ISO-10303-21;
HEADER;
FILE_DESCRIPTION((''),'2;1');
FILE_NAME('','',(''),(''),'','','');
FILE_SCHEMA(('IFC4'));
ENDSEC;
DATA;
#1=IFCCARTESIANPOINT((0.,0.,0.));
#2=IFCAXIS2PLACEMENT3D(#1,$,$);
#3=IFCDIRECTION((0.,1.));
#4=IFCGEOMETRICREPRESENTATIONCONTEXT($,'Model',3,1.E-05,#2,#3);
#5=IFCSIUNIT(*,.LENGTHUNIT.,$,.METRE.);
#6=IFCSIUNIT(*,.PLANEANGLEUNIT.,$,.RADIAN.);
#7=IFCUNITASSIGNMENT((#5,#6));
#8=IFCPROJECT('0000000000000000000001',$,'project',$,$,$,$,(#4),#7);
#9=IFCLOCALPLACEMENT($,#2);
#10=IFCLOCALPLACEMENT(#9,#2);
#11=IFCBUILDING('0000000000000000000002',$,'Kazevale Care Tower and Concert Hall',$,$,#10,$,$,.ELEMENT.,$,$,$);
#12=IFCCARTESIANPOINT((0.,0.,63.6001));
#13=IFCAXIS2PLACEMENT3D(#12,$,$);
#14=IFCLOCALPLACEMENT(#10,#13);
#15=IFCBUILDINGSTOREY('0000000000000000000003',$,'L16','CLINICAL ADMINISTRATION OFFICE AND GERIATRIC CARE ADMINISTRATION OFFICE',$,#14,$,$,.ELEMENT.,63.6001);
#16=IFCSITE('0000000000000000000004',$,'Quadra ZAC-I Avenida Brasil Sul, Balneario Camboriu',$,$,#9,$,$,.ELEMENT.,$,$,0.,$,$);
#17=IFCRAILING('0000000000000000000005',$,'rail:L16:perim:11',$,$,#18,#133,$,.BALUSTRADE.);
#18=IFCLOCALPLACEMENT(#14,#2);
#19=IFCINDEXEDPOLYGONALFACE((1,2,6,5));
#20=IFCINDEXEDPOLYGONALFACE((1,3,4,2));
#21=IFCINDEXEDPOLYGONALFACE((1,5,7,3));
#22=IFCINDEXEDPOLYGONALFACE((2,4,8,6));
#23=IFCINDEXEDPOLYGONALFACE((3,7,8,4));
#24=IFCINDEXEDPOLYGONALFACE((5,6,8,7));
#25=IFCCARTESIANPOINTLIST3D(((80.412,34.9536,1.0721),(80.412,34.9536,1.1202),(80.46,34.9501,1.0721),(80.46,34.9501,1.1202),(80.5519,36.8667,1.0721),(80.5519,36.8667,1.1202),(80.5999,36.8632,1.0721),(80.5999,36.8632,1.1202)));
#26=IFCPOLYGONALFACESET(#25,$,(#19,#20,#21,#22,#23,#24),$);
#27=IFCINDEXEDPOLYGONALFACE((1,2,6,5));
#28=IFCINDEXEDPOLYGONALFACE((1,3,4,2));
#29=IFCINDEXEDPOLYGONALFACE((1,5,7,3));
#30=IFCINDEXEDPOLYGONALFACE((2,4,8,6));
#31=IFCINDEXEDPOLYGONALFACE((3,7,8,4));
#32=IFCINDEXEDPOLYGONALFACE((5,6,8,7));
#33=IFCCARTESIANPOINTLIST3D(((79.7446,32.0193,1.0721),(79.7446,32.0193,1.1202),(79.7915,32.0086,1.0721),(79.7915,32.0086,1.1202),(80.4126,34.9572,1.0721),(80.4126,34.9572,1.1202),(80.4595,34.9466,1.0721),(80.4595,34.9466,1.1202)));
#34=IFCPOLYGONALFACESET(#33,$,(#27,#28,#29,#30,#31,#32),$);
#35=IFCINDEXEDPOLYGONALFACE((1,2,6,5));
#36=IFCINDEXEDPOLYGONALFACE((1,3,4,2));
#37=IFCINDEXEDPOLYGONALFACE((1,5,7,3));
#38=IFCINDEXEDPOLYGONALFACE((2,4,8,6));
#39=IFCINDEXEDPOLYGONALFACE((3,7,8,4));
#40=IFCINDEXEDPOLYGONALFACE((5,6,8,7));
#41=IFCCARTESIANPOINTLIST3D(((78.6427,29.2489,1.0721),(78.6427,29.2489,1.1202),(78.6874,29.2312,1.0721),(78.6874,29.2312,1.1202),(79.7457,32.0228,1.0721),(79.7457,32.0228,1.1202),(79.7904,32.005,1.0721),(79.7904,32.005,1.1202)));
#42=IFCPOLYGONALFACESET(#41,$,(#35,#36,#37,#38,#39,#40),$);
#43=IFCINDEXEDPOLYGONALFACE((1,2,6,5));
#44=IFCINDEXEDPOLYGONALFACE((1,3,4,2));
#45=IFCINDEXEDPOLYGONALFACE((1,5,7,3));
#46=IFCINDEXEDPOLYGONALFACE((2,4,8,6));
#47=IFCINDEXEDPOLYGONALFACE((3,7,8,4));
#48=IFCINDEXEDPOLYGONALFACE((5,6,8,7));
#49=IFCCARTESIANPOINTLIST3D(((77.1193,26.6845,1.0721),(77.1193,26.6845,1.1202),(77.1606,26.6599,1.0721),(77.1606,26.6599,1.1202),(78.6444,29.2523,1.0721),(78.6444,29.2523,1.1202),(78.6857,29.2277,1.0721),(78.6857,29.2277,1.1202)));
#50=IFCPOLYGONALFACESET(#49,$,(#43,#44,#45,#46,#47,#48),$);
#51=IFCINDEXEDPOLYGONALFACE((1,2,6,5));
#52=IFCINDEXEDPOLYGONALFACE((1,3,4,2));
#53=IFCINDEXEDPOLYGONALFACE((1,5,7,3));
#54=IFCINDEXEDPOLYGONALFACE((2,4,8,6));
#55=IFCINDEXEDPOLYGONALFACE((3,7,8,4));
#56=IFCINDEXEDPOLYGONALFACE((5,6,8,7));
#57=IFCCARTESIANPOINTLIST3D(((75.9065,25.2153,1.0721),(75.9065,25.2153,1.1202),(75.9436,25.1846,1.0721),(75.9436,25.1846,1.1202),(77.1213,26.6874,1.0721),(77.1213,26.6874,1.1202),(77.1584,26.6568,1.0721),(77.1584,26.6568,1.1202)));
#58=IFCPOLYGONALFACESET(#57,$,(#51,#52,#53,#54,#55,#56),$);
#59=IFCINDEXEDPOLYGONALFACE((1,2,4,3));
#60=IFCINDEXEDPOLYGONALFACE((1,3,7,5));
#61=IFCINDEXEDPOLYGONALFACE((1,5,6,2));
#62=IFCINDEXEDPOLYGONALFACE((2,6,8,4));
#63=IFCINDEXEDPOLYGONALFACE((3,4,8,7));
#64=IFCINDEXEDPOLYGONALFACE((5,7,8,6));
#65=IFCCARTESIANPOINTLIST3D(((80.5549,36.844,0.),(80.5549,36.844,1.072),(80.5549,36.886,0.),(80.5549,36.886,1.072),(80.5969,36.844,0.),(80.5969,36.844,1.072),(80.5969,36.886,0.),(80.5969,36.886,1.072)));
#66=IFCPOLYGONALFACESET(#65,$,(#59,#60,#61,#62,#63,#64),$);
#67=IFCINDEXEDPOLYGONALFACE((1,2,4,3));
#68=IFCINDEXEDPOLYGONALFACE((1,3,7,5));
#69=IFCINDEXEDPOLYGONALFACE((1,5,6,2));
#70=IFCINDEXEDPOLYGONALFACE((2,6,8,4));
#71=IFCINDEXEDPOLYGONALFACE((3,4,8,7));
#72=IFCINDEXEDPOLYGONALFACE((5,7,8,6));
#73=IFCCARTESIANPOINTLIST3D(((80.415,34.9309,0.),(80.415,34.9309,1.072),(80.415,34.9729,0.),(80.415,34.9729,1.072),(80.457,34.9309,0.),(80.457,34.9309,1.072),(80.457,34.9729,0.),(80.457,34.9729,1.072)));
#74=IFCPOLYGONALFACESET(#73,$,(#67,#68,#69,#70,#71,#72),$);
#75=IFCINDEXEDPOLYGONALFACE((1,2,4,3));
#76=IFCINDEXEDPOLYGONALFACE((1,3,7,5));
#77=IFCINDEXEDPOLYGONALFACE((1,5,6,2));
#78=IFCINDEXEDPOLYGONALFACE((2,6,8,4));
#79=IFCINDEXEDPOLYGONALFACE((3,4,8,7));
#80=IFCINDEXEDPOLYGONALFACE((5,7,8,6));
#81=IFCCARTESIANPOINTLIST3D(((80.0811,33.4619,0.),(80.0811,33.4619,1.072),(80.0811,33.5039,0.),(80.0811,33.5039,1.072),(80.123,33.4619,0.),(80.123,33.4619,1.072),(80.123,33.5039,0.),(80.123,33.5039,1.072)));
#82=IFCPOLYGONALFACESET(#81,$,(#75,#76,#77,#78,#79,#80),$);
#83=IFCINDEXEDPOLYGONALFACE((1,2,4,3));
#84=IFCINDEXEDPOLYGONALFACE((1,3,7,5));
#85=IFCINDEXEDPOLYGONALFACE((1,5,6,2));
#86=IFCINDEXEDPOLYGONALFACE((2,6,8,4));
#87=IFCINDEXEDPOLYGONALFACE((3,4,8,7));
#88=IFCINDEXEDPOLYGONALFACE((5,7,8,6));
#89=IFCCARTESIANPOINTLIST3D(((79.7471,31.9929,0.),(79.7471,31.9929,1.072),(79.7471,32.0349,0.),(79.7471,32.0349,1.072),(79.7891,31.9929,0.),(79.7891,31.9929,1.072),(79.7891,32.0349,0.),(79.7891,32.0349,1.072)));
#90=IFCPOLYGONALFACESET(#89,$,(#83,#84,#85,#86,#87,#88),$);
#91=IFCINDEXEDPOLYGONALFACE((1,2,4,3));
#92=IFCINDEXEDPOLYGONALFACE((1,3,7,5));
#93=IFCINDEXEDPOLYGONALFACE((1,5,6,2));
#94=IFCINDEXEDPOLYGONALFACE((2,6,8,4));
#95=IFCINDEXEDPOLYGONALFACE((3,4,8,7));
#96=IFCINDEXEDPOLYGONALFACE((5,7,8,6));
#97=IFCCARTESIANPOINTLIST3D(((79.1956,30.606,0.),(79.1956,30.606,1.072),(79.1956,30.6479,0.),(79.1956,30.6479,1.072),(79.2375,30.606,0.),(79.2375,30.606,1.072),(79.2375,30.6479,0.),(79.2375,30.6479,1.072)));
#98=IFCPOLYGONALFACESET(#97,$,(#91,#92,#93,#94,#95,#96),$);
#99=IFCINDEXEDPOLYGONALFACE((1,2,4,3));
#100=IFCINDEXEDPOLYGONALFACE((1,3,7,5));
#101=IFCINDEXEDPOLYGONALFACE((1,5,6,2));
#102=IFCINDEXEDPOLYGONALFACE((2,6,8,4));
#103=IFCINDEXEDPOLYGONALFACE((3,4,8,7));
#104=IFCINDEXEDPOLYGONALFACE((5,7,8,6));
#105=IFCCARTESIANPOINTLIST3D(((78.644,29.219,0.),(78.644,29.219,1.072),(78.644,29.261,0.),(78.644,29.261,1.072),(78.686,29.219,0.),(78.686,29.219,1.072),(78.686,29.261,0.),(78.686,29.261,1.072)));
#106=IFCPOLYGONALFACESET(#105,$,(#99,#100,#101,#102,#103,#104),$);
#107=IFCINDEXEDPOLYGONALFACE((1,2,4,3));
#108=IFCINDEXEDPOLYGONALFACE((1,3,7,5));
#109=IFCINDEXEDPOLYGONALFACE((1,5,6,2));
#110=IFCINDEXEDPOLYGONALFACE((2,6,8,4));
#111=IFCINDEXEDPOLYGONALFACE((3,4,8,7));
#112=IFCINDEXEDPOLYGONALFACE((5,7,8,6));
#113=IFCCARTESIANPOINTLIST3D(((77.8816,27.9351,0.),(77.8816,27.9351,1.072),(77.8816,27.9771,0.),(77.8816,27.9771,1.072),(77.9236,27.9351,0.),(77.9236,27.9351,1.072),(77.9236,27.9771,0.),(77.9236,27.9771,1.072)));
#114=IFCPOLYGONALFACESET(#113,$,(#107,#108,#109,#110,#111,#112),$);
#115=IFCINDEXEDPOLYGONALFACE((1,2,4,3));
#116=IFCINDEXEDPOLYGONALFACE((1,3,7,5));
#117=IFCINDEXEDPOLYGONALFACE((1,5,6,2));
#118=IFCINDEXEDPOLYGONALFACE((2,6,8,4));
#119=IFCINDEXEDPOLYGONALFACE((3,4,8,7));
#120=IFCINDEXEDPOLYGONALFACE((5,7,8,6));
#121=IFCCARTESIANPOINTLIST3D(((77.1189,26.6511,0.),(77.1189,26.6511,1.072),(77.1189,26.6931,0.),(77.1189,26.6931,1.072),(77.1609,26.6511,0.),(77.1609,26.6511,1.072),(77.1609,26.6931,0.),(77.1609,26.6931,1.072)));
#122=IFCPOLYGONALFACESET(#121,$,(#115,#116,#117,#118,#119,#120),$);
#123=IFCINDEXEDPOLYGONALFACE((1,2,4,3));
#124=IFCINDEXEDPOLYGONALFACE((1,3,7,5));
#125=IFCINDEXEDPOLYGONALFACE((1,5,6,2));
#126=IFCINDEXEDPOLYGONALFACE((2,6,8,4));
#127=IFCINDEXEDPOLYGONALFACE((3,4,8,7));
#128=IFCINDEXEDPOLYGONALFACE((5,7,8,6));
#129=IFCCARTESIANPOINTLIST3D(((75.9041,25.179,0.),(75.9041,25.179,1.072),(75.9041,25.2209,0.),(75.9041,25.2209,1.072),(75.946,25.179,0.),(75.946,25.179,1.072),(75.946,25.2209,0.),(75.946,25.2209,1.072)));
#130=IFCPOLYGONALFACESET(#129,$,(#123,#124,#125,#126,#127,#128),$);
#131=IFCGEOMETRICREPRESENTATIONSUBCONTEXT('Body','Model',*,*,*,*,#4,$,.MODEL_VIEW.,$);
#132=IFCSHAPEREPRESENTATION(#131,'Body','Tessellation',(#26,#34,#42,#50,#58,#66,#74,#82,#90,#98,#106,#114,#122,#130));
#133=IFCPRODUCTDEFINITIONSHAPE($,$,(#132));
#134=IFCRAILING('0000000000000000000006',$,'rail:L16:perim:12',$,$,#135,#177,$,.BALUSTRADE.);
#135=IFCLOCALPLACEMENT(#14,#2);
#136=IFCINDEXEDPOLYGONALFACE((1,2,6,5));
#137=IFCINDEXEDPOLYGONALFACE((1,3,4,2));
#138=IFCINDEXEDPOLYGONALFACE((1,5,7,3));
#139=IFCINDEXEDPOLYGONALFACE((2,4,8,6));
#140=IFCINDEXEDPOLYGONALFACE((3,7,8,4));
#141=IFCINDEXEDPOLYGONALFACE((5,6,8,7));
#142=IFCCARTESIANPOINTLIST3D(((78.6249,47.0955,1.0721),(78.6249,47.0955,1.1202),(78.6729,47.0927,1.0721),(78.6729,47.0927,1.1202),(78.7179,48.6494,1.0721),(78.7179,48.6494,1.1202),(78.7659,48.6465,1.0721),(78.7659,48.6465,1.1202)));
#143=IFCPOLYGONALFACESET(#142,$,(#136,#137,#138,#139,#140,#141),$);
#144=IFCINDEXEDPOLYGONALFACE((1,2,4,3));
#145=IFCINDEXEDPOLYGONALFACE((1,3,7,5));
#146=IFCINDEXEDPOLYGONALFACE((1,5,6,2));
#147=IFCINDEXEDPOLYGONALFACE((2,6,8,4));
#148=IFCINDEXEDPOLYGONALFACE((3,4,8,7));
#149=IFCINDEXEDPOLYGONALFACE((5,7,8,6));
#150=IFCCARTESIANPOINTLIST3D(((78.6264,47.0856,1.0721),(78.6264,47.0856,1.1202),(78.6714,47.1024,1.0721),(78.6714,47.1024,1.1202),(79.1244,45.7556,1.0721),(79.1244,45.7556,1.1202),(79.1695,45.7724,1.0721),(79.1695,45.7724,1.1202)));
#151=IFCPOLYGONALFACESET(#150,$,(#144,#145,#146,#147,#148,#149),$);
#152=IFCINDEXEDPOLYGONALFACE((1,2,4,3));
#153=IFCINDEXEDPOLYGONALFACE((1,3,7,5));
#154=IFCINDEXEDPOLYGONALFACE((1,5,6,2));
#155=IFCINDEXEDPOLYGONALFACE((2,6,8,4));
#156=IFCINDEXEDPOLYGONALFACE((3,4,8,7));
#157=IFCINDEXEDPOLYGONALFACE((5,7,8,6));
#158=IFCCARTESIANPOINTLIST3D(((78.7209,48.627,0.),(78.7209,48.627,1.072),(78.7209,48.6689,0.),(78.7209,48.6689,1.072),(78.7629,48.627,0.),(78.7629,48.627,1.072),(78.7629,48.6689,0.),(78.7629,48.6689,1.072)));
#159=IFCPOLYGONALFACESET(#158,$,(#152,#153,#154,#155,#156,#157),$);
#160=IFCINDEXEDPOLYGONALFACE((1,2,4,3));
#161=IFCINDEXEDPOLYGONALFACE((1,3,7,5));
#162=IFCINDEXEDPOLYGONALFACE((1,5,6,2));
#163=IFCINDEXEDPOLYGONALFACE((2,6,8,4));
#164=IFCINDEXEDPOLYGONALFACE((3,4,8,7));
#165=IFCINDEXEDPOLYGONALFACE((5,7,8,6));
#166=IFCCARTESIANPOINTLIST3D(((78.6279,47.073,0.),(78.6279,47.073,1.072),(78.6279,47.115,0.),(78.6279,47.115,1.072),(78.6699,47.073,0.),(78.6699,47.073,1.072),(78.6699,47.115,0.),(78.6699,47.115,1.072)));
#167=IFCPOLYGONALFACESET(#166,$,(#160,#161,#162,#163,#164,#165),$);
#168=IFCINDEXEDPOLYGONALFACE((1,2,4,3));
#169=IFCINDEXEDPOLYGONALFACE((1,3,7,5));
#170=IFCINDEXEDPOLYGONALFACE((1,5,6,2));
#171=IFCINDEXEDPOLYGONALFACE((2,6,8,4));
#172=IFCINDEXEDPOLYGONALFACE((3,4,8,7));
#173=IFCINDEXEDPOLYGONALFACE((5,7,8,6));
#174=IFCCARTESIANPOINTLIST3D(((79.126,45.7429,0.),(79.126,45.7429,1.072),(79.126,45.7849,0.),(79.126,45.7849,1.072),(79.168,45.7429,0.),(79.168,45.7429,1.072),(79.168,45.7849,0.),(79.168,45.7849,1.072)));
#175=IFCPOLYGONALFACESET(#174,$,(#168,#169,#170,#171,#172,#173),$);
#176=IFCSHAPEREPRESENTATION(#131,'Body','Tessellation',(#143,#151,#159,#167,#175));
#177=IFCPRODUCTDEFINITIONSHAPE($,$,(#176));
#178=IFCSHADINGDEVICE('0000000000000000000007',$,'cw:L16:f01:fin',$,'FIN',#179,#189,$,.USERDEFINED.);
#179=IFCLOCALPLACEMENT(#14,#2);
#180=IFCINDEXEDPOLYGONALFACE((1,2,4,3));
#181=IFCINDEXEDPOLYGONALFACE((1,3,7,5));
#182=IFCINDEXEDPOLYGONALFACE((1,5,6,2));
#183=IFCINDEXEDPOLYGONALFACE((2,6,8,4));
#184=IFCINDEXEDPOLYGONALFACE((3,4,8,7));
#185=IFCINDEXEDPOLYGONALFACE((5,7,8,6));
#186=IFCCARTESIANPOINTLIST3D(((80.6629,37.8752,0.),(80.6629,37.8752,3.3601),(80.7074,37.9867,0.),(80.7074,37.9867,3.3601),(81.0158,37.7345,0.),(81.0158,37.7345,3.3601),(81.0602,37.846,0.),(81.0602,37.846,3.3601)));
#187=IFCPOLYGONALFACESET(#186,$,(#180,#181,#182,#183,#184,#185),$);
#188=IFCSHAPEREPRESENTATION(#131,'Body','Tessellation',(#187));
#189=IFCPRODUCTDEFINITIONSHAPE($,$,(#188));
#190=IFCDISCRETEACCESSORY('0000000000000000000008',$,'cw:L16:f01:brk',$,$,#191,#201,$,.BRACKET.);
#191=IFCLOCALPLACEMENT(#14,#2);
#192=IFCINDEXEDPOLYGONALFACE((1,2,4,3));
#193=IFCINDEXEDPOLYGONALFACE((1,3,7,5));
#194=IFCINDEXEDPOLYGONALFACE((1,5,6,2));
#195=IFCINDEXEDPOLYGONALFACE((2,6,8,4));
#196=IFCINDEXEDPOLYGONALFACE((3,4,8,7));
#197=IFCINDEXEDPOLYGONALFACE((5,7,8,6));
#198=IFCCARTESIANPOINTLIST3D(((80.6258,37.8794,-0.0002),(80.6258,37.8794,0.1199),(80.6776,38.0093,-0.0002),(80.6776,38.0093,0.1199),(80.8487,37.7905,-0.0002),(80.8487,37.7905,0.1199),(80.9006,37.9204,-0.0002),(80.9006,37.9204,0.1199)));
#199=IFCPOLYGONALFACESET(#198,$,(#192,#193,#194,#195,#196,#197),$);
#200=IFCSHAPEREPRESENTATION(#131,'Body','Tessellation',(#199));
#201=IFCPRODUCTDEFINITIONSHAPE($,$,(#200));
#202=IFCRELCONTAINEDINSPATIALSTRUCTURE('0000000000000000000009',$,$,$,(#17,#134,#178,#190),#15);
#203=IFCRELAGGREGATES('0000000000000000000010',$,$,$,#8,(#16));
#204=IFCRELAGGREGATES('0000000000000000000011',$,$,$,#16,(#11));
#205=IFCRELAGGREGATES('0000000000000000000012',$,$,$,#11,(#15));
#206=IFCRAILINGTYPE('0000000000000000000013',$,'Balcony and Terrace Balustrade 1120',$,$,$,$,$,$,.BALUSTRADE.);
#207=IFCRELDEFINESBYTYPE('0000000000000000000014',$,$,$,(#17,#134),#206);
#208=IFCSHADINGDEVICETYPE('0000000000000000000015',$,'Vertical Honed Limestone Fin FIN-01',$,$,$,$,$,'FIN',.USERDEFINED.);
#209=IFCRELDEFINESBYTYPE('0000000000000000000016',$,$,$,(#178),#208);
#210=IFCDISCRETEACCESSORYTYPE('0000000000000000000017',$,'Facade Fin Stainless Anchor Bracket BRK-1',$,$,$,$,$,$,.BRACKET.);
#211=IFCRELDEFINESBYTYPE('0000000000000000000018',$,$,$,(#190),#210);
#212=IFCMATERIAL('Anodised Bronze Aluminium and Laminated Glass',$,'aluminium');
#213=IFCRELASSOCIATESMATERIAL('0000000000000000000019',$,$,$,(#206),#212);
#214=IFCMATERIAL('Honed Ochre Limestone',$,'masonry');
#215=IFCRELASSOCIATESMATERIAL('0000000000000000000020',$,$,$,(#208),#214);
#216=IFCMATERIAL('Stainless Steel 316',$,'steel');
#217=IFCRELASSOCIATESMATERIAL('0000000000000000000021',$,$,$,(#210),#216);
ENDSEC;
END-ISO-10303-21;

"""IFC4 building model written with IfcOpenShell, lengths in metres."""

from ifc_helpers import new_model, si_unit, direction, frame, origin, origin_2d, place, context, subcontext, project, spatial, rectangle, extrude, material, type_object, element, save


model = new_model("IFC4")

# Units and contexts
model_context = context("Model", 3, precision=1e-05, world=origin(), true_north=direction((0.0, 1.0)))
body_context = subcontext(model_context, "Body", "Model", "MODEL_VIEW")
ifc_project = project(units=[si_unit("LENGTHUNIT", "METRE"), si_unit("PLANEANGLEUNIT", "RADIAN")], contexts=[model_context])

# Site, building, storey
site_placement = place(None, origin())
site = spatial("IfcSite", under=ifc_project, at=site_placement, Name="Quadra ZAC-I Avenida Brasil Sul, Balneario Camboriu", CompositionType="ELEMENT", RefElevation=0.0)
building_placement = place(site_placement, origin())
building = spatial("IfcBuilding", under=site, at=building_placement, Name="Kazevale Care Tower and Concert Hall", CompositionType="ELEMENT")
storey_placement = place(building_placement, frame((0.0, 0.0, 63.6001)))
storey = spatial("IfcBuildingStorey", under=building, at=storey_placement, Name="L16", Description="CLINICAL ADMINISTRATION OFFICE AND GERIATRIC CARE ADMINISTRATION OFFICE", CompositionType="ELEMENT", Elevation=63.6001)

# Railings
ifc_material_1 = material(Name="Anodised Bronze Aluminium and Laminated Glass", Category="aluminium")
railing_type = type_object("IfcRailingType", Name="Balcony and Terrace Balustrade 1120", PredefinedType="BALUSTRADE", material=ifc_material_1)
railing_1_placement = place(storey_placement, frame((80.5759, 36.865, 0.0)))
element("IfcRailing", 1, at=railing_1_placement, inside=storey, type_object=railing_type, Name="rail:L16:perim:11", PredefinedType="BALUSTRADE", context=body_context, shape_type="SweptSolid", body=[
    extrude(rectangle(XDim=0.0481, YDim=0.0481, at=origin_2d()), frame((0.0, 0.0, 1.0962), z_axis=(-0.072929, -0.997337, 0.0), x_axis=(0.997337, -0.072929, 0.0)), (0.0, 0.0, 1.0), 1.9182),
    extrude(rectangle(XDim=0.0481, YDim=0.0481, at=origin_2d()), frame((-0.1399, -1.9131, 1.0962), z_axis=(-0.221698, -0.975115, 0.0), x_axis=(0.975115, -0.221698, 0.0)), (0.0, 0.0, 1.0), 3.0129),
    extrude(rectangle(XDim=0.0481, YDim=0.0481, at=origin_2d()), frame((-0.8079, -4.8511, 1.0962), z_axis=(-0.3695, -0.929231, 0.0), x_axis=(0.929231, -0.3695, 0.0)), (0.0, 0.0, 1.0), 2.9851),
    extrude(rectangle(XDim=0.0481, YDim=0.0481, at=origin_2d()), frame((-1.9109, -7.625, 1.0962), z_axis=(-0.510656, -0.859785, 0.0), x_axis=(0.859785, -0.510656, 0.0)), (0.0, 0.0, 1.0), 2.9866),
    extrude(rectangle(XDim=0.0481, YDim=0.0481, at=origin_2d()), frame((-3.436, -10.1929, 1.0962), z_axis=(-0.636478, -0.771295, 0.0), x_axis=(0.771295, -0.636478, 0.0)), (0.0, 0.0, 1.0), 1.9087),
    extrude(rectangle(XDim=0.042, YDim=0.042, at=origin_2d()), origin(), (0.0, 0.0, 1.0), 1.072),
    extrude(rectangle(XDim=0.042, YDim=0.042, at=origin_2d()), frame((-0.1399, -1.9131, 0.0)), (0.0, 0.0, 1.0), 1.072),
    extrude(rectangle(XDim=0.042, YDim=0.042, at=origin_2d()), frame((-0.4739, -3.3821, 0.0)), (0.0, 0.0, 1.0), 1.072),
    extrude(rectangle(XDim=0.042, YDim=0.042, at=origin_2d()), frame((-0.8079, -4.8511, 0.0)), (0.0, 0.0, 1.0), 1.072),
    extrude(rectangle(XDim=0.042, YDim=0.042, at=origin_2d()), frame((-1.3594, -6.238, 0.0)), (0.0, 0.0, 1.0), 1.072),
    extrude(rectangle(XDim=0.042, YDim=0.042, at=origin_2d()), frame((-1.9109, -7.625, 0.0)), (0.0, 0.0, 1.0), 1.072),
    extrude(rectangle(XDim=0.042, YDim=0.042, at=origin_2d()), frame((-2.6733, -8.9089, 0.0)), (0.0, 0.0, 1.0), 1.072),
    extrude(rectangle(XDim=0.042, YDim=0.042, at=origin_2d()), frame((-3.436, -10.1929, 0.0)), (0.0, 0.0, 1.0), 1.072),
    extrude(rectangle(XDim=0.042, YDim=0.042, at=origin_2d()), frame((-4.6509, -11.665, 0.0)), (0.0, 0.0, 1.0), 1.072),
])
railing_2_placement = place(storey_placement, frame((78.7419, 48.6479, 0.0)))
element("IfcRailing", 2, at=railing_2_placement, inside=storey, type_object=railing_type, Name="rail:L16:perim:12", PredefinedType="BALUSTRADE", context=body_context, shape_type="SweptSolid", body=[
    extrude(rectangle(XDim=0.0481, YDim=0.0481, at=origin_2d()), frame((0.0, 0.0, 1.0962), z_axis=(-0.059752, -0.998213, 0.0), x_axis=(0.998213, -0.059752, 0.0)), (0.0, 0.0, 1.0), 1.5566),
    extrude(rectangle(XDim=0.0481, YDim=0.0481, at=origin_2d()), frame((-0.093, -1.554, 1.0962), z_axis=(0.350671, -0.936499, 0.0), x_axis=(0.936499, 0.350671, 0.0)), (0.0, 0.0, 1.0), 1.4202),
    extrude(rectangle(XDim=0.042, YDim=0.042, at=origin_2d()), origin(), (0.0, 0.0, 1.0), 1.072),
    extrude(rectangle(XDim=0.042, YDim=0.042, at=origin_2d()), frame((-0.093, -1.554, 0.0)), (0.0, 0.0, 1.0), 1.072),
    extrude(rectangle(XDim=0.042, YDim=0.042, at=origin_2d()), frame((0.405, -2.884, 0.0)), (0.0, 0.0, 1.0), 1.072),
])

# Shading device
ifc_material_2 = material(Name="Honed Ochre Limestone", Category="masonry")
shading_device_type = type_object("IfcShadingDeviceType", Name="Vertical Honed Limestone Fin FIN-01", ElementType="FIN", PredefinedType="USERDEFINED", material=ifc_material_2)
shading_device_placement = place(storey_placement, frame((80.8616, 37.8606, 0.0), z_axis=(0.0, 0.0, 1.0), x_axis=(0.928874, -0.370395, 0.0)))
element("IfcShadingDevice", 3, at=shading_device_placement, inside=storey, type_object=shading_device_type, Name="cw:L16:f01:fin", ObjectType="FIN", PredefinedType="USERDEFINED", context=body_context, shape_type="SweptSolid", body=[
    extrude(rectangle(XDim=0.3799, YDim=0.1201, at=origin_2d()), origin(), (0.0, 0.0, 1.0), 3.3601),
])

# Discrete accessory
ifc_material_3 = material(Name="Stainless Steel 316", Category="steel")
discrete_accessory_type = type_object("IfcDiscreteAccessoryType", Name="Facade Fin Stainless Anchor Bracket BRK-1", PredefinedType="BRACKET", material=ifc_material_3)
discrete_accessory_placement = place(storey_placement, frame((80.7632, 37.8999, -0.0002), z_axis=(0.0, 0.0, 1.0), x_axis=(0.928874, -0.370395, 0.0)))
element("IfcDiscreteAccessory", 4, at=discrete_accessory_placement, inside=storey, type_object=discrete_accessory_type, Name="cw:L16:f01:brk", PredefinedType="BRACKET", context=body_context, shape_type="SweptSolid", body=[
    extrude(rectangle(XDim=0.24, YDim=0.1399, at=origin_2d()), origin(), (0.0, 0.0, 1.0), 0.1201),
])

save(model, "model.ifc")
